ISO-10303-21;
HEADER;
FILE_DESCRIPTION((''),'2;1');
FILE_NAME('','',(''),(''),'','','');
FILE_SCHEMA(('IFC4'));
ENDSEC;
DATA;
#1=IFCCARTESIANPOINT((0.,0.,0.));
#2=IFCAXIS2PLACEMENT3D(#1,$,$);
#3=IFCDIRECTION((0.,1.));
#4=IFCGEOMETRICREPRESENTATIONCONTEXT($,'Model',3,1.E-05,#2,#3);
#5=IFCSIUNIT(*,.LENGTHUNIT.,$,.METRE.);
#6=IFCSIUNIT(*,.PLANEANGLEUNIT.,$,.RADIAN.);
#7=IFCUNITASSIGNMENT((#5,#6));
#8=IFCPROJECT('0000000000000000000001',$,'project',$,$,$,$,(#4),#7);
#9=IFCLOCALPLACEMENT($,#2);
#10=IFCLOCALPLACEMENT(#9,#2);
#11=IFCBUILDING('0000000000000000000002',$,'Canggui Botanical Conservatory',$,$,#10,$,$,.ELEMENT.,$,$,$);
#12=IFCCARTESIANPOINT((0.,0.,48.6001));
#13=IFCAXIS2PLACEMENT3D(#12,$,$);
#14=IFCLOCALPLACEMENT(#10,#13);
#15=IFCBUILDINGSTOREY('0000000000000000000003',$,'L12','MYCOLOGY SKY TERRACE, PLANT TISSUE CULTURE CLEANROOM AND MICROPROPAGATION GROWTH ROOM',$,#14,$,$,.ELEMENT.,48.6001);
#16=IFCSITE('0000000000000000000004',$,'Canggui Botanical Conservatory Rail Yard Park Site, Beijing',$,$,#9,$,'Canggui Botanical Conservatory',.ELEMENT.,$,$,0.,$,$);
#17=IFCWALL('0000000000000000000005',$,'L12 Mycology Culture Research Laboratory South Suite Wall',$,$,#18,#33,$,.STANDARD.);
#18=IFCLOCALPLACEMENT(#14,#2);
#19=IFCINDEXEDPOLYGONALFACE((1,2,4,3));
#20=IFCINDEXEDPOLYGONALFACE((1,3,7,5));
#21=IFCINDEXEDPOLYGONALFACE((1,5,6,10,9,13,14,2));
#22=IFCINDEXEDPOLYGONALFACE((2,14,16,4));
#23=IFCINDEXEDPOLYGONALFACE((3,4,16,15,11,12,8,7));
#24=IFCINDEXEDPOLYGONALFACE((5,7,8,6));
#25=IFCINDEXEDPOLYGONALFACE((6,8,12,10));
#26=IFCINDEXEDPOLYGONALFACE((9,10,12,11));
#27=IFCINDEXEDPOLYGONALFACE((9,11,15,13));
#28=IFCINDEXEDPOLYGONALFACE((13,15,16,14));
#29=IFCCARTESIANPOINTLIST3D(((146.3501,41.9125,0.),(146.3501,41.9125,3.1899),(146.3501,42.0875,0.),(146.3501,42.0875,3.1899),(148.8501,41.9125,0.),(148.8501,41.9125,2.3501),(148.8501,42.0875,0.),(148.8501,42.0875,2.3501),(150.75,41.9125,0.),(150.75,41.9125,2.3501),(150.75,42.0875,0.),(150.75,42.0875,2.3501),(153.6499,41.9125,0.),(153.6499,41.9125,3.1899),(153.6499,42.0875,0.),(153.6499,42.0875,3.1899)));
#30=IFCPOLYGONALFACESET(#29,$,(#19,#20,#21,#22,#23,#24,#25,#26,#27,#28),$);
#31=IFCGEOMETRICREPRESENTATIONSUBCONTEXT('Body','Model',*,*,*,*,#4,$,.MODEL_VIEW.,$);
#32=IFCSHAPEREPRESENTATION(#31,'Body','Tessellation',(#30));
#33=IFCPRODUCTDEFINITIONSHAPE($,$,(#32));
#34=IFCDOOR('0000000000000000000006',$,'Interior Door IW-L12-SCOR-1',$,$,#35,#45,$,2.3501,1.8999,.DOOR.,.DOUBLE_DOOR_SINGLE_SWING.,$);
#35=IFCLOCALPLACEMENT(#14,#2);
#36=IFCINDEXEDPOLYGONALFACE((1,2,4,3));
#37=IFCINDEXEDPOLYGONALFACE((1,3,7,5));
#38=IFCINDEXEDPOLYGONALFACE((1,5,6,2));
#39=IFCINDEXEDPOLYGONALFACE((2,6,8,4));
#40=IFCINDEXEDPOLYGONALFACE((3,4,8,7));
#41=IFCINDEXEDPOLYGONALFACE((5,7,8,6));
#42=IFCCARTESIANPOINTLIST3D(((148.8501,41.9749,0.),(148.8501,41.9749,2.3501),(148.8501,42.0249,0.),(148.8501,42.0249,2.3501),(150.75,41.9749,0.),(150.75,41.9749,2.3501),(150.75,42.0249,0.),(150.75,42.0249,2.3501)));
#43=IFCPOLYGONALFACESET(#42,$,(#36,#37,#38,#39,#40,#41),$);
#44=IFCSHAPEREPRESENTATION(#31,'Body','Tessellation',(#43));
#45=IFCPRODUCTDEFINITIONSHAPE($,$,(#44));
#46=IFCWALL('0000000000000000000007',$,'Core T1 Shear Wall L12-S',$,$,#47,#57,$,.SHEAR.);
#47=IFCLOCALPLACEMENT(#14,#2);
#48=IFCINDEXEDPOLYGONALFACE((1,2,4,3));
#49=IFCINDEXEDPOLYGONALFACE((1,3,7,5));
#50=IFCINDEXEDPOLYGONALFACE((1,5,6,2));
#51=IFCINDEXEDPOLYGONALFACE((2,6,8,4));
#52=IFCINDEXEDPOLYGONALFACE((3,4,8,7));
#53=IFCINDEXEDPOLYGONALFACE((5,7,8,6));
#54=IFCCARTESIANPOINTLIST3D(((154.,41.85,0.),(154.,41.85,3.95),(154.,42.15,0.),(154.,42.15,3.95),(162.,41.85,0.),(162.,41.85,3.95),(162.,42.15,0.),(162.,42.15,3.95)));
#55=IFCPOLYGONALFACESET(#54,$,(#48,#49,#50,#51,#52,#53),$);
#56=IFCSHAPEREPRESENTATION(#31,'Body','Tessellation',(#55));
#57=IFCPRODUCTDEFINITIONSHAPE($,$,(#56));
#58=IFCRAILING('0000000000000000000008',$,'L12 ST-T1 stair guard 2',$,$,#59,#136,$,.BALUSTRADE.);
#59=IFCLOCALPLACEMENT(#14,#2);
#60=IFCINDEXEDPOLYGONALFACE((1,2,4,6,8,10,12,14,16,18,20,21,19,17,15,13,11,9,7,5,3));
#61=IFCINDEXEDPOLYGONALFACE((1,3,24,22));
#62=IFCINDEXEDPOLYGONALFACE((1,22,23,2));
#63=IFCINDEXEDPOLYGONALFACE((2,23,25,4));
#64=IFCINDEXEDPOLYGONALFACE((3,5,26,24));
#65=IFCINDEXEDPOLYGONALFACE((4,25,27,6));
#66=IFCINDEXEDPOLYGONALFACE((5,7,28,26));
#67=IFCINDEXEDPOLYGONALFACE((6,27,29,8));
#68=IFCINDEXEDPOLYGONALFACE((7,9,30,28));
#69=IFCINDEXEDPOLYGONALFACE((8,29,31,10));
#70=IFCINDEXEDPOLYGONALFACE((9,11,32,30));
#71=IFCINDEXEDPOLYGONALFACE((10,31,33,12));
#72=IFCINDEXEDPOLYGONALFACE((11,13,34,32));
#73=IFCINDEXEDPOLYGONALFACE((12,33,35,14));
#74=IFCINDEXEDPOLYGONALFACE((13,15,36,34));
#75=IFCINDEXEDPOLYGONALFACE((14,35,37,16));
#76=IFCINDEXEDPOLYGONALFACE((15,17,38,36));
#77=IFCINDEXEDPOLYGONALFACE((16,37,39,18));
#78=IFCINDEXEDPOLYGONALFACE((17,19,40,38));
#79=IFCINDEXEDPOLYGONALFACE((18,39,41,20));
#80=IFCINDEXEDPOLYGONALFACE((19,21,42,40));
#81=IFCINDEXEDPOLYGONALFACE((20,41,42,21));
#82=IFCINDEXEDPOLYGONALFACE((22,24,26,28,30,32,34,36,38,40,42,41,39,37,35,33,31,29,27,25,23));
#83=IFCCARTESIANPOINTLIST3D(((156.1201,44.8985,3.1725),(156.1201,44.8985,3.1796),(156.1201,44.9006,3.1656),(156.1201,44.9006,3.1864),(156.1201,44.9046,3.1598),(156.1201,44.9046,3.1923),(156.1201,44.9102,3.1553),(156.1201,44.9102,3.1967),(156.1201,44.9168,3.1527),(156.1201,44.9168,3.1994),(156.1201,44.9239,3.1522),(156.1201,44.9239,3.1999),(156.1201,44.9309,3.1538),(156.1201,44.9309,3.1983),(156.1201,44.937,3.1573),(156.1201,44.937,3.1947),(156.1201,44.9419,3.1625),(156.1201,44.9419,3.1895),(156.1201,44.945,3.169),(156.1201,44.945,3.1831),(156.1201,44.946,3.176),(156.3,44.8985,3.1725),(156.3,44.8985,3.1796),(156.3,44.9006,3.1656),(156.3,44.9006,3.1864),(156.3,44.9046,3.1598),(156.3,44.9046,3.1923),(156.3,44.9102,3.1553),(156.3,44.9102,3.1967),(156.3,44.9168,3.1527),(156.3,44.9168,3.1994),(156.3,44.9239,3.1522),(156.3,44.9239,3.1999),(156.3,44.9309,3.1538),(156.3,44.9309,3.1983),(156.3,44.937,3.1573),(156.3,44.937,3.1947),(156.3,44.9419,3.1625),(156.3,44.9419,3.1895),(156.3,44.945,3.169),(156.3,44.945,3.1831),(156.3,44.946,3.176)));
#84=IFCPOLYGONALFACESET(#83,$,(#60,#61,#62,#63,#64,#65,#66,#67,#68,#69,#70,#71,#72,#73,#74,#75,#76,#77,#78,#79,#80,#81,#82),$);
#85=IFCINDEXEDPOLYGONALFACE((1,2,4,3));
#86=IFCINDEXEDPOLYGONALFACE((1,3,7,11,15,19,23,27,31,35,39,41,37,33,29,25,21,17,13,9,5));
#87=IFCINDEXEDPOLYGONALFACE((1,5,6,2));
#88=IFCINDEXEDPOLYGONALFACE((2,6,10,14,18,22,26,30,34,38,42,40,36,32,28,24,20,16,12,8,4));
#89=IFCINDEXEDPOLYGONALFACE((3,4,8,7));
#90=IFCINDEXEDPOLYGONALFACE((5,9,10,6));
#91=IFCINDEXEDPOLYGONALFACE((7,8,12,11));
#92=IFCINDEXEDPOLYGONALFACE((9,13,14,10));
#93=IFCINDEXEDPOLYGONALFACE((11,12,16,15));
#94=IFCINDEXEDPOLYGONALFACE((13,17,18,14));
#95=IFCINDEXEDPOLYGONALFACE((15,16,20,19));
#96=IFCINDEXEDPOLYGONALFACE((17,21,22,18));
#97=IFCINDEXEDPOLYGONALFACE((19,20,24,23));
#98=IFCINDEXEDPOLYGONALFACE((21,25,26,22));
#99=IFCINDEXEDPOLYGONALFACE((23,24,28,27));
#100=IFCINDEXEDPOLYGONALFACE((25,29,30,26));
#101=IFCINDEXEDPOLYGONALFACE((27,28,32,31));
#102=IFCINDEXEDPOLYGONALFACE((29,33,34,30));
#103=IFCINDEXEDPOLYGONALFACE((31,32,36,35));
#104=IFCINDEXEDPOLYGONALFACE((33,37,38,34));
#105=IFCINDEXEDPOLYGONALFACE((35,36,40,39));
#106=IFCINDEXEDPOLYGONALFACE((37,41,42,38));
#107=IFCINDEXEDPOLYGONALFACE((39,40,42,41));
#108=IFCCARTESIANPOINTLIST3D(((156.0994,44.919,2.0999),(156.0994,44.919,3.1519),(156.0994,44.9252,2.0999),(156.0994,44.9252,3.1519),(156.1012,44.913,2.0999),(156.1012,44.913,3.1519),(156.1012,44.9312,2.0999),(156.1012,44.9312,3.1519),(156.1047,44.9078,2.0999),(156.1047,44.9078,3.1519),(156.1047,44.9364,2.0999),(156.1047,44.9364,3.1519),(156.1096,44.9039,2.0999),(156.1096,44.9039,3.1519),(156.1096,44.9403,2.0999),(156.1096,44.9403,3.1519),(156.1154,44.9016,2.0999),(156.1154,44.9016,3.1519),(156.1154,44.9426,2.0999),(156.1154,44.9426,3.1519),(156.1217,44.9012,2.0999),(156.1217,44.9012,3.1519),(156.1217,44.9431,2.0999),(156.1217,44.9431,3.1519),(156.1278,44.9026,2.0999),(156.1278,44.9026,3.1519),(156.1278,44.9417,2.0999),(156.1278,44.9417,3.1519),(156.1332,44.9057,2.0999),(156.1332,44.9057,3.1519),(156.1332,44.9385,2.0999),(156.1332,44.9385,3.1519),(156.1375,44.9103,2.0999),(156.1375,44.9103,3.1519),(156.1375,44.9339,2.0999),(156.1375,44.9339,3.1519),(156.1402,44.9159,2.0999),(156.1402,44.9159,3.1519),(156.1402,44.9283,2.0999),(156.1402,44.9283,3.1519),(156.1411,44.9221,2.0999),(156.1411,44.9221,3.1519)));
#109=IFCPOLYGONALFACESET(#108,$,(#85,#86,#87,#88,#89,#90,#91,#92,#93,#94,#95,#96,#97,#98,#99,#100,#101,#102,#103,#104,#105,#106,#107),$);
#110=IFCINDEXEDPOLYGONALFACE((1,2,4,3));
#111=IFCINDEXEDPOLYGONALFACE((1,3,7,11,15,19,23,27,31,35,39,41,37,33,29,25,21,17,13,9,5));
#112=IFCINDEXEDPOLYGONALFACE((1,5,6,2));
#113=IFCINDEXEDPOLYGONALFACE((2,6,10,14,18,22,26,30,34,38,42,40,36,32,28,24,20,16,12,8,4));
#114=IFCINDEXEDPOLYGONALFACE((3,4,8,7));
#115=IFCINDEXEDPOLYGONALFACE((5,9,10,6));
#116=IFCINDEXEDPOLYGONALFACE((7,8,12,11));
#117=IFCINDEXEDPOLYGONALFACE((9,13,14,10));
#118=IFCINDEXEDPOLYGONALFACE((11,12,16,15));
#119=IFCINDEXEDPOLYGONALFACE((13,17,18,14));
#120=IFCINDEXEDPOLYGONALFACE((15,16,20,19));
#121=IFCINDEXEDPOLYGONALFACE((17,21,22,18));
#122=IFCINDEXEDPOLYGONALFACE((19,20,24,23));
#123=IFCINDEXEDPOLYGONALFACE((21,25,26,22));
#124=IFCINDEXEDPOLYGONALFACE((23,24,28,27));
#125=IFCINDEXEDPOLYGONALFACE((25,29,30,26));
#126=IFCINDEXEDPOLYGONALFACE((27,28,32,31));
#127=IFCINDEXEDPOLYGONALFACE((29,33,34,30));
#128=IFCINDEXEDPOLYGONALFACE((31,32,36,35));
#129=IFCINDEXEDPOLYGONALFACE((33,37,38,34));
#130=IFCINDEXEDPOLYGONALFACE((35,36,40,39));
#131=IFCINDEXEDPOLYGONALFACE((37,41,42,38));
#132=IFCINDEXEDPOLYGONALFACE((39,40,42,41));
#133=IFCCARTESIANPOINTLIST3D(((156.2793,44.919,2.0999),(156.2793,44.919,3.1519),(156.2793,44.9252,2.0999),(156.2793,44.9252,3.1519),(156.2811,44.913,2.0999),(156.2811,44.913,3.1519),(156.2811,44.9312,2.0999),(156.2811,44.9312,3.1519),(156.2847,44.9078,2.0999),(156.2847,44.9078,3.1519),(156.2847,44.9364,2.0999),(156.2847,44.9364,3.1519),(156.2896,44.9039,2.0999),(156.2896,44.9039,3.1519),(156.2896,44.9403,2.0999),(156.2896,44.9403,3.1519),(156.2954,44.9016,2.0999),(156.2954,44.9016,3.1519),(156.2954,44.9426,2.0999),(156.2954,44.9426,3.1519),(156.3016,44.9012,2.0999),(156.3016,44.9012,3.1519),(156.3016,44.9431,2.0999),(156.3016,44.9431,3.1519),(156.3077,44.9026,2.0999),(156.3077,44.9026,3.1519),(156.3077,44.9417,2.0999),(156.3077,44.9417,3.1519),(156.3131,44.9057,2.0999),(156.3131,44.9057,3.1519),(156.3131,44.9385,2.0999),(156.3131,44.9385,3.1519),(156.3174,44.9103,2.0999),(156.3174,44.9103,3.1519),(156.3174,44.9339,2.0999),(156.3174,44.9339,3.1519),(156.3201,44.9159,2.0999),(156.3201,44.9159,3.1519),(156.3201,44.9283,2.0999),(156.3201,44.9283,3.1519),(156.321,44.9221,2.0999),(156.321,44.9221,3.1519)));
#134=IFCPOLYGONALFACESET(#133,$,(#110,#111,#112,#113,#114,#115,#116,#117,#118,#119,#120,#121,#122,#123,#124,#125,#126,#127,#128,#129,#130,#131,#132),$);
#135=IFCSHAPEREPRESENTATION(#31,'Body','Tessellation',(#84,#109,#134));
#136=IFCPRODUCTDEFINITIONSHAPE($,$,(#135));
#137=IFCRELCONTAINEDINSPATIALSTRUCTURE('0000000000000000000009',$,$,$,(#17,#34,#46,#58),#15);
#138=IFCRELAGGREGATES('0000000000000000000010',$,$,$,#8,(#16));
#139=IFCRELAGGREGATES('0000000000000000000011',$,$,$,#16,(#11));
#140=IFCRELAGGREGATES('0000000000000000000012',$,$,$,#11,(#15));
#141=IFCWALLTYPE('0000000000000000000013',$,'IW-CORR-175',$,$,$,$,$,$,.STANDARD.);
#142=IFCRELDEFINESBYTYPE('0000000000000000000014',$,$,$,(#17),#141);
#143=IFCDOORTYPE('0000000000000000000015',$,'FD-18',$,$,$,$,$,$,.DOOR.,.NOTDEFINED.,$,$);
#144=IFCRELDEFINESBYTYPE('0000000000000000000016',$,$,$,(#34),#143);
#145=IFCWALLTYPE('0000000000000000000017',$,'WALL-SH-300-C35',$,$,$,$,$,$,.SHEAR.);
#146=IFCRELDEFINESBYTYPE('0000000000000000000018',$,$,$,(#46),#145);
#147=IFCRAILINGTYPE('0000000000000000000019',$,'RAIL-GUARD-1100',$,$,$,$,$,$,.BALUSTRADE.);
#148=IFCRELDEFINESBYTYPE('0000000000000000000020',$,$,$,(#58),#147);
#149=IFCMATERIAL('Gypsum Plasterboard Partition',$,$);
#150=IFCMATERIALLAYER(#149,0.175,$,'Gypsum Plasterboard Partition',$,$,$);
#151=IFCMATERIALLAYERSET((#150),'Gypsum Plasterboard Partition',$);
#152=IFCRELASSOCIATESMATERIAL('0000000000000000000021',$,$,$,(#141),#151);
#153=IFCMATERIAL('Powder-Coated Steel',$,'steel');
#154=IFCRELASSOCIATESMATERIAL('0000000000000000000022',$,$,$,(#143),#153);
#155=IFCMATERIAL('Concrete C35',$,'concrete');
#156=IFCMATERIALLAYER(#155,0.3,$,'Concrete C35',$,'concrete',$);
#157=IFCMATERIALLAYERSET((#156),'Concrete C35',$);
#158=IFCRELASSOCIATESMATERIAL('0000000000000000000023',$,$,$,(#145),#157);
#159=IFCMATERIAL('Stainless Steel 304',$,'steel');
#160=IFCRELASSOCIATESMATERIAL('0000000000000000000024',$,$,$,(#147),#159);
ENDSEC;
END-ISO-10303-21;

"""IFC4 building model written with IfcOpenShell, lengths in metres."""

from ifc_helpers import new_model, si_unit, direction, frame, frame_2d, origin, origin_2d, place, context, subcontext, project, spatial, rectangle, circle, extrude, material, layer, layer_set, type_object, element, fill, save


model = new_model("IFC4")

# Units and contexts
model_context = context("Model", 3, precision=1e-05, world=origin(), true_north=direction((0.0, 1.0)))
body_context = subcontext(model_context, "Body", "Model", "MODEL_VIEW")
ifc_project = project(units=[si_unit("LENGTHUNIT", "METRE"), si_unit("PLANEANGLEUNIT", "RADIAN")], contexts=[model_context])

# Site, building, storey
site_placement = place(None, origin())
site = spatial("IfcSite", under=ifc_project, at=site_placement, Name="Canggui Botanical Conservatory Rail Yard Park Site, Beijing", LongName="Canggui Botanical Conservatory", CompositionType="ELEMENT", RefElevation=0.0)
building_placement = place(site_placement, origin())
building = spatial("IfcBuilding", under=site, at=building_placement, Name="Canggui Botanical Conservatory", CompositionType="ELEMENT")
storey_placement = place(building_placement, frame((0.0, 0.0, 48.6001)))
storey = spatial("IfcBuildingStorey", under=building, at=storey_placement, Name="L12", Description="MYCOLOGY SKY TERRACE, PLANT TISSUE CULTURE CLEANROOM AND MICROPROPAGATION GROWTH ROOM", CompositionType="ELEMENT", Elevation=48.6001)

# Shared definitions
ifc_material_1 = material(Name="Concrete C35", Category="concrete")

# Wall, opening, door
ifc_material_2 = material(Name="Gypsum Plasterboard Partition")
ifc_layer_1 = layer(ifc_material_2, 0.175, Name="Gypsum Plasterboard Partition")
ifc_layer_set_1 = layer_set([ifc_layer_1], Name="Gypsum Plasterboard Partition")
wall_type_1 = type_object("IfcWallType", Name="IW-CORR-175", PredefinedType="STANDARD", material=ifc_layer_set_1)
ifc_material_3 = material(Name="Powder-Coated Steel", Category="steel")
wall_1_placement = place(storey_placement, frame((146.3501, 42.0, 0.0), z_axis=(0.0, 0.0, 1.0), x_axis=(1.0, 0.0, 0.0)))
wall_1 = element("IfcWall", 1, at=wall_1_placement, inside=storey, type_object=wall_type_1, Name="L12 Mycology Culture Research Laboratory South Suite Wall", PredefinedType="STANDARD", context=body_context, shape_type="SweptSolid", body=[
    extrude(rectangle(XDim=7.2998, YDim=0.175, at=frame_2d((3.6499, 0.0))), origin(), (0.0, 0.0, 1.0), 3.1899),
])
opening_1_placement = place(wall_1_placement, frame((2.5, 0.0, 0.0)))
opening_1 = element("IfcOpeningElement", 2, at=opening_1_placement, cuts=wall_1, PredefinedType="OPENING", context=body_context, shape_type="SweptSolid", body=[
    extrude(rectangle(XDim=1.8999, YDim=2.3501, at=frame_2d((0.95, 1.175))), frame((0.0, 0.0977, 0.0), z_axis=(0.0, -1.0, 0.0), x_axis=(1.0, 0.0, 0.0)), (0.0, 0.0, 1.0), 0.1951),
])
door_type_1 = type_object("IfcDoorType", Name="FD-18", OperationType="NOTDEFINED", PredefinedType="DOOR", material=ifc_material_3)
door_1_placement = place(opening_1_placement, origin())
door_1 = element("IfcDoor", 3, at=door_1_placement, inside=storey, type_object=door_type_1, Name="Interior Door IW-L12-SCOR-1", OperationType="DOUBLE_DOOR_SINGLE_SWING", OverallHeight=2.3501, OverallWidth=1.8999, PredefinedType="DOOR", context=body_context, shape_type="SweptSolid", body=[
    extrude(rectangle(XDim=1.8999, YDim=2.3501, at=frame_2d((0.95, 1.175))), frame((0.0, 0.0249, 0.0), z_axis=(0.0, -1.0, 0.0), x_axis=(1.0, 0.0, 0.0)), (0.0, 0.0, 1.0), 0.05),
])
fill(opening_1, door_1)

# Wall
ifc_layer_2 = layer(ifc_material_1, 0.3, Name="Concrete C35", Category="concrete")
ifc_layer_set_2 = layer_set([ifc_layer_2], Name="Concrete C35")
wall_type_2 = type_object("IfcWallType", Name="WALL-SH-300-C35", PredefinedType="SHEAR", material=ifc_layer_set_2)
wall_2_placement = place(storey_placement, frame((154.0, 42.0, 0.0), z_axis=(0.0, 0.0, 1.0), x_axis=(1.0, 0.0, 0.0)))
element("IfcWall", 4, at=wall_2_placement, inside=storey, type_object=wall_type_2, Name="Core T1 Shear Wall L12-S", PredefinedType="SHEAR", context=body_context, shape_type="SweptSolid", body=[
    extrude(rectangle(XDim=8.0, YDim=0.3, at=frame_2d((4.0, 0.0))), origin(), (0.0, 0.0, 1.0), 3.95),
])

# Railing
ifc_material_4 = material(Name="Stainless Steel 304", Category="steel")
railing_type = type_object("IfcRailingType", Name="RAIL-GUARD-1100", PredefinedType="BALUSTRADE", material=ifc_material_4)
railing_placement = place(storey_placement, frame((156.1201, 44.9221, 2.0999)))
element("IfcRailing", 5, at=railing_placement, inside=storey, type_object=railing_type, Name="L12 ST-T1 stair guard 2", PredefinedType="BALUSTRADE", context=body_context, shape_type="SweptSolid", body=[
    extrude(circle(Radius=0.0239, at=origin_2d()), frame((0.0, 0.0, 1.0762), z_axis=(1.0, 0.0, 0.0), x_axis=(0.0, 1.0, 0.0)), (0.0, 0.0, 1.0), 0.1799),
    extrude(circle(Radius=0.021, at=origin_2d()), origin(), (0.0, 0.0, 1.0), 1.052),
    extrude(circle(Radius=0.021, at=origin_2d()), frame((0.1799, 0.0, 0.0)), (0.0, 0.0, 1.0), 1.052),
])

save(model, "model.ifc")
